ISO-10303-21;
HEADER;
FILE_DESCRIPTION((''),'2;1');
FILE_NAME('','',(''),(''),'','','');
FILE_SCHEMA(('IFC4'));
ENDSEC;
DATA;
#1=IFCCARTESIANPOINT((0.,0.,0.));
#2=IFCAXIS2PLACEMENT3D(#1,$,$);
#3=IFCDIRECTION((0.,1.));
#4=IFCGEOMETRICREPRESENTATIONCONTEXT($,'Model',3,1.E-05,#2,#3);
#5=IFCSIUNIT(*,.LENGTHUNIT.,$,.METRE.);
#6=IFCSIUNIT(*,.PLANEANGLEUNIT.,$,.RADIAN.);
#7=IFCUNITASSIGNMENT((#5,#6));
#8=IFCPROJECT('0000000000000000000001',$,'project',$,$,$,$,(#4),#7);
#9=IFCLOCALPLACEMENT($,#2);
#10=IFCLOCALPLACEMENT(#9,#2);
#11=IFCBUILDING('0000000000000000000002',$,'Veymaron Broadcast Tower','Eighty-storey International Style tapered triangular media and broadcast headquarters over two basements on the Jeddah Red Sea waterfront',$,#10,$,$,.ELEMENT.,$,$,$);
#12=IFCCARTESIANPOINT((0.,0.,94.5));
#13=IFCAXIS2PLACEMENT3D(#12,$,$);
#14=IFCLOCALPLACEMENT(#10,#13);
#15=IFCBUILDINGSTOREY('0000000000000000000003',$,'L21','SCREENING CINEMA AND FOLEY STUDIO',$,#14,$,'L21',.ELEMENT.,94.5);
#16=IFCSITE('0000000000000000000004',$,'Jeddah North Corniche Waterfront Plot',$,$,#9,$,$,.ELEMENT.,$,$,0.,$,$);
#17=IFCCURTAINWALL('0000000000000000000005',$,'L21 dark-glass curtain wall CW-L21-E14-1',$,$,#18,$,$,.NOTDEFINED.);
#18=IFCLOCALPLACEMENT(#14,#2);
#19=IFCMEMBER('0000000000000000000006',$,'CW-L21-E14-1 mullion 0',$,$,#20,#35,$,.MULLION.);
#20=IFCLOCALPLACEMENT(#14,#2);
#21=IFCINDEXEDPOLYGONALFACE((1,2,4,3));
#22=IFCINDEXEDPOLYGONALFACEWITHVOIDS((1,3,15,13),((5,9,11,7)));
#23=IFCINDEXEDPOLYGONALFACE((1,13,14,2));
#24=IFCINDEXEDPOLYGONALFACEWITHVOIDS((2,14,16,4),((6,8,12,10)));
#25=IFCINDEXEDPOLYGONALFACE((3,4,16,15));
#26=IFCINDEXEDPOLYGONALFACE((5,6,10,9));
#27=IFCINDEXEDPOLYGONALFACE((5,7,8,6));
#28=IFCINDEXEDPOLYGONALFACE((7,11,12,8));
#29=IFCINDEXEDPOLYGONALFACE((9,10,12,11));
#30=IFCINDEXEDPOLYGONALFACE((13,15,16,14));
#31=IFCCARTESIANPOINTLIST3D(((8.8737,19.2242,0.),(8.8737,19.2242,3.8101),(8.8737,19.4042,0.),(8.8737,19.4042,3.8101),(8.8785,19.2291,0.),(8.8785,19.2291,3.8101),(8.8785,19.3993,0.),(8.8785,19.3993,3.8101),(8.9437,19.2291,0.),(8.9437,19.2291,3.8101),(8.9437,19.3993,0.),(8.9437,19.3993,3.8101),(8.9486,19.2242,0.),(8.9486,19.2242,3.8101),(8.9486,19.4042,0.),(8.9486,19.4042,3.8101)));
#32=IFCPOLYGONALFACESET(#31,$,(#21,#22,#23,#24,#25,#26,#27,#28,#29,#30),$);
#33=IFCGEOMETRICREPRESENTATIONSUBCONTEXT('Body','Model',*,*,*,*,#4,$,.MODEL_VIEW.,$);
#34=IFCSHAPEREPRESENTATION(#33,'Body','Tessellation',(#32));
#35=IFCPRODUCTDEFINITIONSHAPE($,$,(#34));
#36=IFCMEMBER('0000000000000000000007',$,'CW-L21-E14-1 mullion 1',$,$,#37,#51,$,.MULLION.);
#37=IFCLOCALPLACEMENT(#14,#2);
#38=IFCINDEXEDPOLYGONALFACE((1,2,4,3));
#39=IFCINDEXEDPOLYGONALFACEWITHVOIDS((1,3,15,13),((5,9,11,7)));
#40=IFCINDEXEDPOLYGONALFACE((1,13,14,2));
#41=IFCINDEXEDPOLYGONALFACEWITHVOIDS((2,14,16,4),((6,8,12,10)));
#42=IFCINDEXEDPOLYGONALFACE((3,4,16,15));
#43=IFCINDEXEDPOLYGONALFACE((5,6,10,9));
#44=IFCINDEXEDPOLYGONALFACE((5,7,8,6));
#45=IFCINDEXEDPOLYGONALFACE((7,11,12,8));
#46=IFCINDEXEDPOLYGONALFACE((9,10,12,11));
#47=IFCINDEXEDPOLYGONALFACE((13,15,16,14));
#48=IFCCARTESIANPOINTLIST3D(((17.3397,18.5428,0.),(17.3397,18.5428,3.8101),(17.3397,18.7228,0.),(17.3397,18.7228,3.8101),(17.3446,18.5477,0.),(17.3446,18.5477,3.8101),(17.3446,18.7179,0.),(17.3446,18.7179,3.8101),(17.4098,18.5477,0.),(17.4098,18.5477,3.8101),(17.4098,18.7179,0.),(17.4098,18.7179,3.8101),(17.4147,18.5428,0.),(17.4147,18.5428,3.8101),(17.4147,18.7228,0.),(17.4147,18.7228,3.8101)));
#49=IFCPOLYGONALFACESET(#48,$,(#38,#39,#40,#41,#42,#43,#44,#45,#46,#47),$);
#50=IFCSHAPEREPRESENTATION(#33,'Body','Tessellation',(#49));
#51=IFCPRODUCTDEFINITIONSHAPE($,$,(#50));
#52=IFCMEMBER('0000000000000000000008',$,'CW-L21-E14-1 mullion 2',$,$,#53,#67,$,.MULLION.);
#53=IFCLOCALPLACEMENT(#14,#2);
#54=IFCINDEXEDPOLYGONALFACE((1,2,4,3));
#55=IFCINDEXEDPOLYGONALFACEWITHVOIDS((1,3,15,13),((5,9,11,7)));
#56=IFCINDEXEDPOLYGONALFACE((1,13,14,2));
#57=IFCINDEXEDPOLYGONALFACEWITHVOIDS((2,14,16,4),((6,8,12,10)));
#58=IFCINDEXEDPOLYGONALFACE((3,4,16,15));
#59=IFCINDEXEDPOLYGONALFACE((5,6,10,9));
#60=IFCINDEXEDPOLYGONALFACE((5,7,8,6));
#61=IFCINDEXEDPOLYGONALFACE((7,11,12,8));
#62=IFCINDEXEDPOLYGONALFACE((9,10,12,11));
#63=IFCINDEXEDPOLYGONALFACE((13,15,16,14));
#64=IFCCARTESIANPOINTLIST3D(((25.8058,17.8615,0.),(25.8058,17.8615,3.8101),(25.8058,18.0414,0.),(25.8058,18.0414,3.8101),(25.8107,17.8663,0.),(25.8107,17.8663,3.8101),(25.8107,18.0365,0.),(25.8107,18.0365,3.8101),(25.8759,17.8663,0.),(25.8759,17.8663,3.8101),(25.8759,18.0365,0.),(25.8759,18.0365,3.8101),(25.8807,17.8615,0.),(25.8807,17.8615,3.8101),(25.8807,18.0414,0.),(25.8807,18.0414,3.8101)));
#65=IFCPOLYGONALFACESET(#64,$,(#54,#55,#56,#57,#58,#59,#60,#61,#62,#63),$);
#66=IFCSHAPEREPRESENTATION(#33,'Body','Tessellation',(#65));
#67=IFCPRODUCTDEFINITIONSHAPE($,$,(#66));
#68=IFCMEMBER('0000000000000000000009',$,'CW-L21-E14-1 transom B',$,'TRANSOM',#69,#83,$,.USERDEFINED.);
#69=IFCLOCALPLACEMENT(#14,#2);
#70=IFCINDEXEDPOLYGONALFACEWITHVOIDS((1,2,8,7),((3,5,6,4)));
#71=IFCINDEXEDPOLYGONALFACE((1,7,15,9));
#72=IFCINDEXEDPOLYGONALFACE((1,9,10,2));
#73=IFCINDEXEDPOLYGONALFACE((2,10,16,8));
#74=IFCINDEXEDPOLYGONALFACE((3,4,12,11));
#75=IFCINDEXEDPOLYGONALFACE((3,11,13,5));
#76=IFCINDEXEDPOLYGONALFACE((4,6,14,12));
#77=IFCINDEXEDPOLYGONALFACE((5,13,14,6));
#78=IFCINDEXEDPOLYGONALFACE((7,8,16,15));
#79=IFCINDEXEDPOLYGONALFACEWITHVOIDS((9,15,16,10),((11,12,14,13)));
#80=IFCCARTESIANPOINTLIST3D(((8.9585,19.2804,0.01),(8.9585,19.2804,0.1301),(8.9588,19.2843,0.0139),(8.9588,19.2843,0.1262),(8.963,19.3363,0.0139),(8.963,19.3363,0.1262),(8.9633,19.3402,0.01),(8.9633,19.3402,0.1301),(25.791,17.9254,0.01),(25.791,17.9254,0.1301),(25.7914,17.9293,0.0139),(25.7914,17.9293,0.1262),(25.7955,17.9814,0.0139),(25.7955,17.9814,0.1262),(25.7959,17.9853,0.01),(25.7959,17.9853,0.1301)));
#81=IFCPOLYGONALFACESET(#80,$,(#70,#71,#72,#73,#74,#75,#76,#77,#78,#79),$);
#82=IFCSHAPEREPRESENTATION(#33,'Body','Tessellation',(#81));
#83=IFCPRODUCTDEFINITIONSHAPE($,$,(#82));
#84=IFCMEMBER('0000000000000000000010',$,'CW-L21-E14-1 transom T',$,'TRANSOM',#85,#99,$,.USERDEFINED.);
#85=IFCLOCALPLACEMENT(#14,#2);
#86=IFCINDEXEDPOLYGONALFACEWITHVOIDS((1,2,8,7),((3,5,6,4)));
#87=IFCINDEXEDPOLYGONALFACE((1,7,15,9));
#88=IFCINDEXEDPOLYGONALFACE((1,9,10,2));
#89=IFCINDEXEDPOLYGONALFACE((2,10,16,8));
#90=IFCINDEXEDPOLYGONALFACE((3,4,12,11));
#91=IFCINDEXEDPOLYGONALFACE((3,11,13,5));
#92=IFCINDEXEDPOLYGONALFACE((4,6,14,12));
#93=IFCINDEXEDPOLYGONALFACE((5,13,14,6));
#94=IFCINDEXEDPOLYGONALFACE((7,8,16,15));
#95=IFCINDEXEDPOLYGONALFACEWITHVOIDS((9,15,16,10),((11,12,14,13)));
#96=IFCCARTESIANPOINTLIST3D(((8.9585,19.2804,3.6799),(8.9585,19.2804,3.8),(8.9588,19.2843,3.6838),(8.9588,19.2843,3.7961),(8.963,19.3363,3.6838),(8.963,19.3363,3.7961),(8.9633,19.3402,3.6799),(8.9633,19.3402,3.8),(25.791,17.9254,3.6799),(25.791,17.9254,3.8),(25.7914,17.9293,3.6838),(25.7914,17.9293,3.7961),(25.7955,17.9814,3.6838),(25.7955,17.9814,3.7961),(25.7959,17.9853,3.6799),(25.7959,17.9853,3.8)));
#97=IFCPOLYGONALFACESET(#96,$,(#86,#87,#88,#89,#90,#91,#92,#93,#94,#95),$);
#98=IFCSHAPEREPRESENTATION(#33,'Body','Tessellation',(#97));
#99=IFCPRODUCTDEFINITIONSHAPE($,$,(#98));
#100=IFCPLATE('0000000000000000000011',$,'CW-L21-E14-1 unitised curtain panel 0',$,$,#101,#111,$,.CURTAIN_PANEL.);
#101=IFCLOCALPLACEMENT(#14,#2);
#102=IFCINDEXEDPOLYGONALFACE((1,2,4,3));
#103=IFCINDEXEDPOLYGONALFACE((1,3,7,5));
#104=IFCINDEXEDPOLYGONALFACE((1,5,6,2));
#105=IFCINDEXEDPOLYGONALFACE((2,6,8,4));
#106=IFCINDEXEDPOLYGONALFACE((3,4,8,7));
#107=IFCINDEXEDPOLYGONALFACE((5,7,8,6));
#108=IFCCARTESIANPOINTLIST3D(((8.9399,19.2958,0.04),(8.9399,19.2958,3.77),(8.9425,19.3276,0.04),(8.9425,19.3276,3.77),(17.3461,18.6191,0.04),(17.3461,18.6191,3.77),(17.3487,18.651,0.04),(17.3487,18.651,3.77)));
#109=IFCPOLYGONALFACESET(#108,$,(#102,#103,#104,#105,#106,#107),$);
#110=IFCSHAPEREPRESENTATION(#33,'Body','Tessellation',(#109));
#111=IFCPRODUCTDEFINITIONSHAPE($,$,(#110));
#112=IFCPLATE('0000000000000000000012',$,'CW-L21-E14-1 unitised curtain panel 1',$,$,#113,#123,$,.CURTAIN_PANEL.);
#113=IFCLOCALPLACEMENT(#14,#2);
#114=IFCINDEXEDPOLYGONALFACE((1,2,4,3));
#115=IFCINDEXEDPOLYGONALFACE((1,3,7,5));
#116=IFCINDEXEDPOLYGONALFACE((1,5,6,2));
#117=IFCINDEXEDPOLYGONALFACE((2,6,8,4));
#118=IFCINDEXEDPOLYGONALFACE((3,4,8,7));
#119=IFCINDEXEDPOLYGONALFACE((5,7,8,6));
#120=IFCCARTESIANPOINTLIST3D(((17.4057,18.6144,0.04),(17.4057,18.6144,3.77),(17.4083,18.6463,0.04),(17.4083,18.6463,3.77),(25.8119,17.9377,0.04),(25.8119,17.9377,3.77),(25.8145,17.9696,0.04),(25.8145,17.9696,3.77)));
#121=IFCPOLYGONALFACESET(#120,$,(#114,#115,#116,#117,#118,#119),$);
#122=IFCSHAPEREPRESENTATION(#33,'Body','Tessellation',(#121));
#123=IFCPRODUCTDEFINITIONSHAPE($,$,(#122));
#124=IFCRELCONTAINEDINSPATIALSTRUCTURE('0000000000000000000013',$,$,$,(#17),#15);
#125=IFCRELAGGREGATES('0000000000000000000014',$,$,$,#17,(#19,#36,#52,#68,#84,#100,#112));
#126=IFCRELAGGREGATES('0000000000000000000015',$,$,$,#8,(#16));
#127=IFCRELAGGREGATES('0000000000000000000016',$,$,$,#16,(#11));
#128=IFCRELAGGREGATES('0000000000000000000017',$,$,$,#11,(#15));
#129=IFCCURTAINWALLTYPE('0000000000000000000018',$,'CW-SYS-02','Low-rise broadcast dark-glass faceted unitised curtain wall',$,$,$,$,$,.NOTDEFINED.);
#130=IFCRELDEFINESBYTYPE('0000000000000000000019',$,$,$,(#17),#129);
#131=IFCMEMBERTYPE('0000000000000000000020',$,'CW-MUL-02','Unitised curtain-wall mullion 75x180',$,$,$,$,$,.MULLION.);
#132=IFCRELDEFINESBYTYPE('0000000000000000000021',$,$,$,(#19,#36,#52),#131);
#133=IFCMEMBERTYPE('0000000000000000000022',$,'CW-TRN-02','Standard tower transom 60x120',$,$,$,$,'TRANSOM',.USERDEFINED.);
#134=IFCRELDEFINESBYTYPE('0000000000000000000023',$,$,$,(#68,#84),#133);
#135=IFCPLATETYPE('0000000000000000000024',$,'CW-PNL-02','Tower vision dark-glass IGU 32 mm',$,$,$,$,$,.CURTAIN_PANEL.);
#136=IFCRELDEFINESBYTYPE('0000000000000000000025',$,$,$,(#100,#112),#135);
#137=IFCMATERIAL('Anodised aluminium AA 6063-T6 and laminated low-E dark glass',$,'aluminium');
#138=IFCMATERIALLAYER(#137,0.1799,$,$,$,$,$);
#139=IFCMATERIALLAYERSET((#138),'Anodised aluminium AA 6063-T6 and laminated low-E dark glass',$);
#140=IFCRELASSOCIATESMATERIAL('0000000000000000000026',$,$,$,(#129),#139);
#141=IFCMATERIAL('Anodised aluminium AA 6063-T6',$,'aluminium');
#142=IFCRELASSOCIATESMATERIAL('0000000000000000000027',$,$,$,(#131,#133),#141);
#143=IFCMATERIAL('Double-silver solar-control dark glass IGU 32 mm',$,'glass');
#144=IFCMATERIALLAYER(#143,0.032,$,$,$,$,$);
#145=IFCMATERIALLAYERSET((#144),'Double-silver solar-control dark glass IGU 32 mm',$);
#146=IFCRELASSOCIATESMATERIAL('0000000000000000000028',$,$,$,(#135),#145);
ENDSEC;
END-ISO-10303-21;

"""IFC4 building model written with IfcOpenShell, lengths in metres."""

from ifc_helpers import new_model, si_unit, direction, frame, origin, origin_2d, place, context, subcontext, project, spatial, rectangle, hollow_rectangle, extrude, material, layer, layer_set, material_profile, profile_set, type_object, element, aggregate, save


model = new_model("IFC4")

# Units and contexts
model_context = context("Model", 3, precision=1e-05, world=origin(), true_north=direction((0.0, 1.0)))
body_context = subcontext(model_context, "Body", "Model", "MODEL_VIEW")
ifc_project = project(units=[si_unit("LENGTHUNIT", "METRE"), si_unit("PLANEANGLEUNIT", "RADIAN")], contexts=[model_context])

# Site, building, storey
site_placement = place(None, origin())
site = spatial("IfcSite", under=ifc_project, at=site_placement, Name="Jeddah North Corniche Waterfront Plot", CompositionType="ELEMENT", RefElevation=0.0)
building_placement = place(site_placement, origin())
building = spatial("IfcBuilding", under=site, at=building_placement, Name="Veymaron Broadcast Tower", Description="Eighty-storey International Style tapered triangular media and broadcast headquarters over two basements on the Jeddah Red Sea waterfront", CompositionType="ELEMENT")
storey_placement = place(building_placement, frame((0.0, 0.0, 94.5)))
storey = spatial("IfcBuildingStorey", under=building, at=storey_placement, Name="L21", Description="SCREENING CINEMA AND FOLEY STUDIO", LongName="L21", CompositionType="ELEMENT", Elevation=94.5)

# Curtain wall, members, plates
ifc_material_1 = material(Name="Anodised aluminium AA 6063-T6 and laminated low-E dark glass", Category="aluminium")
ifc_layer_1 = layer(ifc_material_1, 0.1799)
ifc_layer_set_1 = layer_set([ifc_layer_1], Name="Anodised aluminium AA 6063-T6 and laminated low-E dark glass")
curtain_wall_type = type_object("IfcCurtainWallType", Name="CW-SYS-02", Description="Low-rise broadcast dark-glass faceted unitised curtain wall", PredefinedType="NOTDEFINED", material=ifc_layer_set_1)
curtain_wall_placement = place(storey_placement, origin())
curtain_wall = element("IfcCurtainWall", 1, at=curtain_wall_placement, inside=storey, type_object=curtain_wall_type, Name="L21 dark-glass curtain wall CW-L21-E14-1", PredefinedType="NOTDEFINED")
ifc_material_2 = material(Name="Anodised aluminium AA 6063-T6", Category="aluminium")
ifc_material_profile_1 = material_profile(ifc_material_2, hollow_rectangle(XDim=0.075, YDim=0.1799, WallThickness=0.0049, at=origin_2d()), Name="AL180X75X5")
ifc_profile_set_1 = profile_set([ifc_material_profile_1], Name="Anodised aluminium AA 6063-T6")
member_type_1 = type_object("IfcMemberType", Name="CW-MUL-02", Description="Unitised curtain-wall mullion 75x180", PredefinedType="MULLION", material=ifc_profile_set_1)
member_1_placement = place(storey_placement, frame((8.9111, 19.3142, 0.0), z_axis=(0.0, 0.0, 1.0), x_axis=(1.0, 0.0, 0.0)))
member_1 = element("IfcMember", 2, at=member_1_placement, type_object=member_type_1, Name="CW-L21-E14-1 mullion 0", PredefinedType="MULLION", context=body_context, shape_type="SweptSolid", body=[
    extrude(hollow_rectangle(XDim=0.075, YDim=0.1799, WallThickness=0.0049, at=origin_2d()), origin(), (0.0, 0.0, 1.0), 3.8101),
])
member_2_placement = place(storey_placement, frame((17.3772, 18.6328, 0.0), z_axis=(0.0, 0.0, 1.0), x_axis=(1.0, 0.0, 0.0)))
member_2 = element("IfcMember", 3, at=member_2_placement, type_object=member_type_1, Name="CW-L21-E14-1 mullion 1", PredefinedType="MULLION", context=body_context, shape_type="SweptSolid", body=[
    extrude(hollow_rectangle(XDim=0.075, YDim=0.1799, WallThickness=0.0049, at=origin_2d()), origin(), (0.0, 0.0, 1.0), 3.8101),
])
member_3_placement = place(storey_placement, frame((25.8433, 17.9514, 0.0), z_axis=(0.0, 0.0, 1.0), x_axis=(1.0, 0.0, 0.0)))
member_3 = element("IfcMember", 4, at=member_3_placement, type_object=member_type_1, Name="CW-L21-E14-1 mullion 2", PredefinedType="MULLION", context=body_context, shape_type="SweptSolid", body=[
    extrude(hollow_rectangle(XDim=0.075, YDim=0.1799, WallThickness=0.0049, at=origin_2d()), origin(), (0.0, 0.0, 1.0), 3.8101),
])
ifc_material_profile_2 = material_profile(ifc_material_2, hollow_rectangle(XDim=0.0601, YDim=0.1201, WallThickness=0.0039, at=origin_2d()), Name="AL120X60X4")
ifc_profile_set_2 = profile_set([ifc_material_profile_2], Name="Anodised aluminium AA 6063-T6")
member_type_2 = type_object("IfcMemberType", Name="CW-TRN-02", Description="Standard tower transom 60x120", ElementType="TRANSOM", PredefinedType="USERDEFINED", material=ifc_profile_set_2)
member_4_placement = place(storey_placement, frame((8.9609, 19.3103, 0.0701), z_axis=(0.996776, -0.080238, 0.0), x_axis=(0.080238, 0.996776, 0.0)))
member_4 = element("IfcMember", 5, at=member_4_placement, type_object=member_type_2, Name="CW-L21-E14-1 transom B", ObjectType="TRANSOM", PredefinedType="USERDEFINED", context=body_context, shape_type="SweptSolid", body=[
    extrude(hollow_rectangle(XDim=0.0601, YDim=0.1201, WallThickness=0.0039, at=origin_2d()), origin(), (0.0, 0.0, 1.0), 16.887),
])
member_5_placement = place(storey_placement, frame((8.9609, 19.3103, 3.74), z_axis=(0.996776, -0.080238, 0.0), x_axis=(0.080238, 0.996776, 0.0)))
member_5 = element("IfcMember", 6, at=member_5_placement, type_object=member_type_2, Name="CW-L21-E14-1 transom T", ObjectType="TRANSOM", PredefinedType="USERDEFINED", context=body_context, shape_type="SweptSolid", body=[
    extrude(hollow_rectangle(XDim=0.0601, YDim=0.1201, WallThickness=0.0039, at=origin_2d()), origin(), (0.0, 0.0, 1.0), 16.887),
])
ifc_material_3 = material(Name="Double-silver solar-control dark glass IGU 32 mm", Category="glass")
ifc_layer_2 = layer(ifc_material_3, 0.032)
ifc_layer_set_2 = layer_set([ifc_layer_2], Name="Double-silver solar-control dark glass IGU 32 mm")
plate_type = type_object("IfcPlateType", Name="CW-PNL-02", Description="Tower vision dark-glass IGU 32 mm", PredefinedType="CURTAIN_PANEL", material=ifc_layer_set_2)
plate_1_placement = place(storey_placement, frame((13.1443, 18.9734, 0.04), z_axis=(0.0, 0.0, 1.0), x_axis=(0.996776, -0.080234, 0.0)))
plate_1 = element("IfcPlate", 7, at=plate_1_placement, type_object=plate_type, Name="CW-L21-E14-1 unitised curtain panel 0", PredefinedType="CURTAIN_PANEL", context=body_context, shape_type="SweptSolid", body=[
    extrude(rectangle(XDim=8.4333, YDim=0.032, at=origin_2d()), origin(), (0.0, 0.0, 1.0), 3.73),
])
plate_2_placement = place(storey_placement, frame((21.6101, 18.292, 0.04), z_axis=(0.0, 0.0, 1.0), x_axis=(0.996776, -0.080234, 0.0)))
plate_2 = element("IfcPlate", 8, at=plate_2_placement, type_object=plate_type, Name="CW-L21-E14-1 unitised curtain panel 1", PredefinedType="CURTAIN_PANEL", context=body_context, shape_type="SweptSolid", body=[
    extrude(rectangle(XDim=8.4333, YDim=0.032, at=origin_2d()), origin(), (0.0, 0.0, 1.0), 3.73),
])
aggregate(curtain_wall, [member_1, member_2, member_3, member_4, member_5, plate_1, plate_2])

save(model, "model.ifc")
